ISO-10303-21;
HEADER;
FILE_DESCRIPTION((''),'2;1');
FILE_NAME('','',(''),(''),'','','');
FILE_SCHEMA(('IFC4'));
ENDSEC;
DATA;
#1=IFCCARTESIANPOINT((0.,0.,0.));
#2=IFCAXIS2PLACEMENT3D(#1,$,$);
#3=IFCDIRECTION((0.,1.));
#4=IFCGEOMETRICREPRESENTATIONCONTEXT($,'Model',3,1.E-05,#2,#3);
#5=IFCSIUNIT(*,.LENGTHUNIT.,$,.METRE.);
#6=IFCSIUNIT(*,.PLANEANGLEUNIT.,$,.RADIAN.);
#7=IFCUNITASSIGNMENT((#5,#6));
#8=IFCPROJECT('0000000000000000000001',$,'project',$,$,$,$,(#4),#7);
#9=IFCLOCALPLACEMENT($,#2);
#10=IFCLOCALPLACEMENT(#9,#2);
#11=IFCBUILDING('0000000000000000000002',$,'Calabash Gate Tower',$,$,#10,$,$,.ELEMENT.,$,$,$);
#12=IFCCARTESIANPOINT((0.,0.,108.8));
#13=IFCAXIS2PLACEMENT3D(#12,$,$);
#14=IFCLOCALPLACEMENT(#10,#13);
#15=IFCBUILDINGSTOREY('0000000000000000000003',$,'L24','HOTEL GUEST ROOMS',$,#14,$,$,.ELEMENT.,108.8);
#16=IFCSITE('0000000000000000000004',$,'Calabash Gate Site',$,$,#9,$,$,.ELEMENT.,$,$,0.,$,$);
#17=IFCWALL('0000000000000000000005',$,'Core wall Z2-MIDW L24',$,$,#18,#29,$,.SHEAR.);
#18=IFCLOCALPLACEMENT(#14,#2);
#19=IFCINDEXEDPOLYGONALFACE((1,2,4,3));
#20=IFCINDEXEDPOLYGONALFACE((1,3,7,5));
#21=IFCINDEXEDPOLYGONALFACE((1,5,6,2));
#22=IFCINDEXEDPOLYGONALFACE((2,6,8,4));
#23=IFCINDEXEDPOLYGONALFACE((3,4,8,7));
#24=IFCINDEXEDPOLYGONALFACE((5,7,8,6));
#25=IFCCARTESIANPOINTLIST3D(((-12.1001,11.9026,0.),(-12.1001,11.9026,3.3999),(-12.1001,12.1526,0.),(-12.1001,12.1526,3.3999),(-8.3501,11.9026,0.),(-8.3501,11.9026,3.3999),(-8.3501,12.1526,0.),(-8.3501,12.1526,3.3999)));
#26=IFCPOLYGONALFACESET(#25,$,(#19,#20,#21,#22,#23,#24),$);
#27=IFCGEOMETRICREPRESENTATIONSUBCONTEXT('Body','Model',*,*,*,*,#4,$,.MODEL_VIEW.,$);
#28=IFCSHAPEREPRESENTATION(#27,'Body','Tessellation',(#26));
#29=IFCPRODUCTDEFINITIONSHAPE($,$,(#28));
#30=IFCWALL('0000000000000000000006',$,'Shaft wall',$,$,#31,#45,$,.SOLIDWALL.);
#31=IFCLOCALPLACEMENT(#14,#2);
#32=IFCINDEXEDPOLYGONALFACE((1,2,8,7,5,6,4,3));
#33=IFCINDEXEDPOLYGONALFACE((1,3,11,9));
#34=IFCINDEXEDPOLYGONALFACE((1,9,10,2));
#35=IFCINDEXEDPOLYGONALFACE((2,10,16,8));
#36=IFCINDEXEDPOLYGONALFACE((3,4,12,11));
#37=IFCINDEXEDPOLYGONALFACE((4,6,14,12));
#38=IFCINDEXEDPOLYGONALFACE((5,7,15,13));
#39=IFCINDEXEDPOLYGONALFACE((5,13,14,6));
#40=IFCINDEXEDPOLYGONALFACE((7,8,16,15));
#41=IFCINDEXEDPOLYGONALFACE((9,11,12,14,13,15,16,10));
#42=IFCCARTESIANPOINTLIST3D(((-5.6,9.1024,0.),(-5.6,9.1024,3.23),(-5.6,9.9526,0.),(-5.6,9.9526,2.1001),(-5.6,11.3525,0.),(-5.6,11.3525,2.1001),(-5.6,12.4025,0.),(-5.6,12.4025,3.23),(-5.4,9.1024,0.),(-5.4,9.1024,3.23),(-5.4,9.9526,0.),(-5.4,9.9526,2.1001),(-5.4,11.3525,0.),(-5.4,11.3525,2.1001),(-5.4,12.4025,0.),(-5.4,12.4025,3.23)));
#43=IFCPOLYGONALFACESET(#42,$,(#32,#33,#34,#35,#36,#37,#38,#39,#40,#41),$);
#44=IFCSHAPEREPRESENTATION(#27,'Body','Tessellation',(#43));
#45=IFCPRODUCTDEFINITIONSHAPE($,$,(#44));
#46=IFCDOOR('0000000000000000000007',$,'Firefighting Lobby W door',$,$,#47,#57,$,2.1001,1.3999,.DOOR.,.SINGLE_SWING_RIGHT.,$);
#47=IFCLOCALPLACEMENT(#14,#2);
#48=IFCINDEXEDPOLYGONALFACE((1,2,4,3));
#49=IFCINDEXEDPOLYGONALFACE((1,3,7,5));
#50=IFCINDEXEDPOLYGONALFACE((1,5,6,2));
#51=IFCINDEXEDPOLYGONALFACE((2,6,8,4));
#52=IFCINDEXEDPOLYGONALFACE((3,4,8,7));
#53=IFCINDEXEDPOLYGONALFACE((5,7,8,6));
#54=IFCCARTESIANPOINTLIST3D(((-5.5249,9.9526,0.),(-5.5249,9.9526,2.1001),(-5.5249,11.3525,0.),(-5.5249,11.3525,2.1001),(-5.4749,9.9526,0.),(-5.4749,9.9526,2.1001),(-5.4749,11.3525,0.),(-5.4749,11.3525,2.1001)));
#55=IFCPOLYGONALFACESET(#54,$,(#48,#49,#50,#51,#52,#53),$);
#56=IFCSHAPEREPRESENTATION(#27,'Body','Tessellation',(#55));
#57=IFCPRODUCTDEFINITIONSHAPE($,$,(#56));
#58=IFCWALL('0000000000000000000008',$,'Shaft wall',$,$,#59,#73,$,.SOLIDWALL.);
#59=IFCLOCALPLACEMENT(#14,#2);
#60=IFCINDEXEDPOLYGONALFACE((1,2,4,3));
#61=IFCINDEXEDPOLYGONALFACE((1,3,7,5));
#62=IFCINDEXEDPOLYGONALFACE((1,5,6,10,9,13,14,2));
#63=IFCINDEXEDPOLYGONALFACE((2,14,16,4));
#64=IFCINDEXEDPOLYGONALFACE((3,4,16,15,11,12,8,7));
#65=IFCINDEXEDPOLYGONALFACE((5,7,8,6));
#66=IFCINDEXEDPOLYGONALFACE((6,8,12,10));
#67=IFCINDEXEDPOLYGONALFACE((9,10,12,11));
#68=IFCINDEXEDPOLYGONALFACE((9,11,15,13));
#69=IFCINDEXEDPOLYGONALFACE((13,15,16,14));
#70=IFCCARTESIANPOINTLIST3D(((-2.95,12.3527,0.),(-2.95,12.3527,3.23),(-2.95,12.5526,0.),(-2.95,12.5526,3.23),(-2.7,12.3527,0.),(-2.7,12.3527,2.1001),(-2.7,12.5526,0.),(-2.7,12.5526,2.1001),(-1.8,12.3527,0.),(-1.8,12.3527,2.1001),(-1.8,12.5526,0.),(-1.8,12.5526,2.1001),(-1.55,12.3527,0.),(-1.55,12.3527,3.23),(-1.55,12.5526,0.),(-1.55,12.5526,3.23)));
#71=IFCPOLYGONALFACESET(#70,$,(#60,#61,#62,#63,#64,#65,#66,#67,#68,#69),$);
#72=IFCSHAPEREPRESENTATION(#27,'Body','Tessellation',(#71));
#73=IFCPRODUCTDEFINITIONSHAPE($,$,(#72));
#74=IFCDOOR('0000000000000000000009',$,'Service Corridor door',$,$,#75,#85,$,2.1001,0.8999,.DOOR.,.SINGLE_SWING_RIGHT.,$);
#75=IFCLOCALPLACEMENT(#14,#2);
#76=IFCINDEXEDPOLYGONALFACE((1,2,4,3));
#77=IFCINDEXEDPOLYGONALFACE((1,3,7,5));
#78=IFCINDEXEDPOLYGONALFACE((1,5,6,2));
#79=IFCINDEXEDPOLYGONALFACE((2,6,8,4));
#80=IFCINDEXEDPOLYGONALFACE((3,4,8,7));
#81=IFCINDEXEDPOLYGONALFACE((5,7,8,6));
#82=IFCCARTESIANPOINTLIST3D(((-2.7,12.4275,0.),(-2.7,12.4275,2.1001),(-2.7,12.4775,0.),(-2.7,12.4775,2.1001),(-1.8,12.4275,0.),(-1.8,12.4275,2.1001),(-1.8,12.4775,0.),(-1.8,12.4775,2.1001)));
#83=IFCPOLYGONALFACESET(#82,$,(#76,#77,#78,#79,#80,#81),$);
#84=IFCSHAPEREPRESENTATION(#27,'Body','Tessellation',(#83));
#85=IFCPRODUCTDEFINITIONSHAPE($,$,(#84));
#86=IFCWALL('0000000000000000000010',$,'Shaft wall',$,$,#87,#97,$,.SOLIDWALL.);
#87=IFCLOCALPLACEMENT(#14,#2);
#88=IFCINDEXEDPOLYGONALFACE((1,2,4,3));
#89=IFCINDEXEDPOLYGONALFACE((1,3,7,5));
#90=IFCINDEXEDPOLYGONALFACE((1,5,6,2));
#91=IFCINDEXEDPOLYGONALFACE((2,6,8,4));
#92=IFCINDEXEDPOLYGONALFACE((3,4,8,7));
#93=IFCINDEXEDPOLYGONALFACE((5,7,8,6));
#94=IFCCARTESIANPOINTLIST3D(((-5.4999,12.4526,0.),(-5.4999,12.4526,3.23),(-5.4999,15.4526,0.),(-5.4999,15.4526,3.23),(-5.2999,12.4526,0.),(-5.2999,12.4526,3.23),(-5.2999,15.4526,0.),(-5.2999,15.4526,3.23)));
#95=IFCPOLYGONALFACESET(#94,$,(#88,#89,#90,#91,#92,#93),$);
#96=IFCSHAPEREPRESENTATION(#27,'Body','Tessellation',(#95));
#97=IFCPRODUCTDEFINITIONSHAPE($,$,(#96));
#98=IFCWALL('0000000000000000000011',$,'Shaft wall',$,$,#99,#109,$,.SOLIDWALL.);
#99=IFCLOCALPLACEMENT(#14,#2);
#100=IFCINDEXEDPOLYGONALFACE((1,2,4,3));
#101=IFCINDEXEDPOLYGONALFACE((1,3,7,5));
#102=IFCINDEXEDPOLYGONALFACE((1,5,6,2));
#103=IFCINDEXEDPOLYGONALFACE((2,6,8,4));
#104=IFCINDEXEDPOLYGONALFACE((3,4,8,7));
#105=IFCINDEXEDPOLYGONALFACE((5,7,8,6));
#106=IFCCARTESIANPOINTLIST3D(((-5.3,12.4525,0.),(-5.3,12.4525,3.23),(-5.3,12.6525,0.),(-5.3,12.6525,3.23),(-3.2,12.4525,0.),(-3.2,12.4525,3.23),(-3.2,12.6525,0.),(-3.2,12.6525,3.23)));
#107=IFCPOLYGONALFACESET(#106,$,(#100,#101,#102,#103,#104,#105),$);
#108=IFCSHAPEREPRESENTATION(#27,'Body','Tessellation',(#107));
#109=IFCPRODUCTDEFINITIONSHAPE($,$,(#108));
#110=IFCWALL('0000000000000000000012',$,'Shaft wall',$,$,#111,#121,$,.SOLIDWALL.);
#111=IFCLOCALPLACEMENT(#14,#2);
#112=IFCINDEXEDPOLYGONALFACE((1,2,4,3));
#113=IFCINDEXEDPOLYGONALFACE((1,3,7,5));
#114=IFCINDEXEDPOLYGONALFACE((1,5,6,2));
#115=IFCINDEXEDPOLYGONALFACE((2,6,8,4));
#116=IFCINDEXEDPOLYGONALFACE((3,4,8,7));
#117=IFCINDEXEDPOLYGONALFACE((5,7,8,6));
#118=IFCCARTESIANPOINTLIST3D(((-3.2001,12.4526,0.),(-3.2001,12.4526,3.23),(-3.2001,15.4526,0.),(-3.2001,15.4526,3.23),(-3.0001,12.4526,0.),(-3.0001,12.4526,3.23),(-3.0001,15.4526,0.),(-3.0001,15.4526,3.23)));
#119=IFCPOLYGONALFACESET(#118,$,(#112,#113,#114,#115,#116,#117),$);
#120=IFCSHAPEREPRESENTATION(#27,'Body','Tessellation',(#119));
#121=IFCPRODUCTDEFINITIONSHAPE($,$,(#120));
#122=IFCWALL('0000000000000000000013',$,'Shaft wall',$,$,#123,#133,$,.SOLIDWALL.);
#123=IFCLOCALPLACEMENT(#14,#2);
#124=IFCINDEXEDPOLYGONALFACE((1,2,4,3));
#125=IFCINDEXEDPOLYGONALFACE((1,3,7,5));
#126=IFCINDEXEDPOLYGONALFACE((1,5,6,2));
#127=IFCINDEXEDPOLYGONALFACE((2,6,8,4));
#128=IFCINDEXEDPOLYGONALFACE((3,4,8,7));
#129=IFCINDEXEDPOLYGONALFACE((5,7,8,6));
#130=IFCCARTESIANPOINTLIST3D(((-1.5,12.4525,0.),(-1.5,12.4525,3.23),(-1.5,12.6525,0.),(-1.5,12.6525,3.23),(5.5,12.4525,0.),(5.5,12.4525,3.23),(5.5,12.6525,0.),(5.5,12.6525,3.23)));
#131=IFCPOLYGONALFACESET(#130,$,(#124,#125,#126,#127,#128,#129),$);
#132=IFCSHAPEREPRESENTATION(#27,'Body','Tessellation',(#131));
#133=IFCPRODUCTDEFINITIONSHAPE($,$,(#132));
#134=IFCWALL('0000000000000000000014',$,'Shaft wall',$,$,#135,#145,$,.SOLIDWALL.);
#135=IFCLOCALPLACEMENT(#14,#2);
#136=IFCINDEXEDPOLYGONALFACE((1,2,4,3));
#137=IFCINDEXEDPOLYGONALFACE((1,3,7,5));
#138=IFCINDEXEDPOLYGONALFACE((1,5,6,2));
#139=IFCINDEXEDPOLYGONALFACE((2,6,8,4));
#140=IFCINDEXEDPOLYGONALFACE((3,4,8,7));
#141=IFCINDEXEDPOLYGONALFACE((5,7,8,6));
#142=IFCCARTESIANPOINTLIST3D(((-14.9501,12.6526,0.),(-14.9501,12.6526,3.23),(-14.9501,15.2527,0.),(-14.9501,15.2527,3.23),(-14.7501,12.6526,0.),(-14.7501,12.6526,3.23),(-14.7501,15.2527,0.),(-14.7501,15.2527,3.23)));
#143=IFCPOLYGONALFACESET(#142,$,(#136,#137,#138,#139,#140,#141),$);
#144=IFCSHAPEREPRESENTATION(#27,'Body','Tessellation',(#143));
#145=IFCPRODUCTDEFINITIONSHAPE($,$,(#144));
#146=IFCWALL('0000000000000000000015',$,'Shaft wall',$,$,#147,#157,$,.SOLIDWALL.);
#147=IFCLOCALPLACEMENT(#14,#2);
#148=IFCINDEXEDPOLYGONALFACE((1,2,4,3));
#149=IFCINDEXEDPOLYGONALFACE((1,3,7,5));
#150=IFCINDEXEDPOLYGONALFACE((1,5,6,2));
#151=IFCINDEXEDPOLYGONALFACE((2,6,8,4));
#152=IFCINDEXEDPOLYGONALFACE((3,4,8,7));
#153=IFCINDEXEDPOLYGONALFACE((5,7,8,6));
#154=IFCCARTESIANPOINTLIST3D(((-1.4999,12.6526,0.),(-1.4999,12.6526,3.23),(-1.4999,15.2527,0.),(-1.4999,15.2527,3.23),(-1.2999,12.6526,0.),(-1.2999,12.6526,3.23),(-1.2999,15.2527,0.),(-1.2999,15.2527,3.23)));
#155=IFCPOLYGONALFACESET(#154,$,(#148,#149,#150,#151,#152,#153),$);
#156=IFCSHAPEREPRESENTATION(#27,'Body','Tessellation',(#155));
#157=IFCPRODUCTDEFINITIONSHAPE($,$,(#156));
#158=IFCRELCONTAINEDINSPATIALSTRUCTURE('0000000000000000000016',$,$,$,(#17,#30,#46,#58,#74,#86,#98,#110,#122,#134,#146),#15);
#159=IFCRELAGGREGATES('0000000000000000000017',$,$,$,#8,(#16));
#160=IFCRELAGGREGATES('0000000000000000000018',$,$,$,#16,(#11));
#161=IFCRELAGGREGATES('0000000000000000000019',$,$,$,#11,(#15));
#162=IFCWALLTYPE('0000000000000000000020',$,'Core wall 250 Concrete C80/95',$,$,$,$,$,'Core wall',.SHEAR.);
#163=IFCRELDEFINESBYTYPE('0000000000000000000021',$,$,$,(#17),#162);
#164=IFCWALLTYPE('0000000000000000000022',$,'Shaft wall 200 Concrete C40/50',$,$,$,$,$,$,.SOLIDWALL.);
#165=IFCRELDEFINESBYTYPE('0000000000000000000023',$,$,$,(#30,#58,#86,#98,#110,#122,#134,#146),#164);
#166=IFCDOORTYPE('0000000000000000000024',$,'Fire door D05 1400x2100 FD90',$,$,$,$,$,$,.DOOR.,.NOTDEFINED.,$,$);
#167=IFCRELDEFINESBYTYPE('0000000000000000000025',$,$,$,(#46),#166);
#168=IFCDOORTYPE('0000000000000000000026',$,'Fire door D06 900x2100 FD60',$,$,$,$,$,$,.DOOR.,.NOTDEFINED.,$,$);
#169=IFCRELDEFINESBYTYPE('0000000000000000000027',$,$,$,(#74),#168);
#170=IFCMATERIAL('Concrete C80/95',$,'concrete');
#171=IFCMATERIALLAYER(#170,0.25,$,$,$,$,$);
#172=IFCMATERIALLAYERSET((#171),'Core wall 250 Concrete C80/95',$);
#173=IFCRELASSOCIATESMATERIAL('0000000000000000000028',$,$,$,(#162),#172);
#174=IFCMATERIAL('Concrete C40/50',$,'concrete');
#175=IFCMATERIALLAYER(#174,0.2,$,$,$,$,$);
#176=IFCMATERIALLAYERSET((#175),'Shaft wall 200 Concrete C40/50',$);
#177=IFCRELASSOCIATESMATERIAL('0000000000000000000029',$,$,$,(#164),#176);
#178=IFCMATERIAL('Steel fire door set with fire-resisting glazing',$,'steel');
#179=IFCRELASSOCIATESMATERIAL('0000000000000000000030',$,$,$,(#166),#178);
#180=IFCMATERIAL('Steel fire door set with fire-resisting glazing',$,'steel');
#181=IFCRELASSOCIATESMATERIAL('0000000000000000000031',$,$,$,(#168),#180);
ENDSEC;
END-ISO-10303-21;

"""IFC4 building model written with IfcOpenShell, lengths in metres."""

from ifc_helpers import new_model, si_unit, direction, frame, frame_2d, origin, place, context, subcontext, project, spatial, rectangle, extrude, material, layer, layer_set, type_object, element, fill, save


model = new_model("IFC4")

# Units and contexts
model_context = context("Model", 3, precision=1e-05, world=origin(), true_north=direction((0.0, 1.0)))
body_context = subcontext(model_context, "Body", "Model", "MODEL_VIEW")
ifc_project = project(units=[si_unit("LENGTHUNIT", "METRE"), si_unit("PLANEANGLEUNIT", "RADIAN")], contexts=[model_context])

# Site, building, storey
site_placement = place(None, origin())
site = spatial("IfcSite", under=ifc_project, at=site_placement, Name="Calabash Gate Site", CompositionType="ELEMENT", RefElevation=0.0)
building_placement = place(site_placement, origin())
building = spatial("IfcBuilding", under=site, at=building_placement, Name="Calabash Gate Tower", CompositionType="ELEMENT")
storey_placement = place(building_placement, frame((0.0, 0.0, 108.8)))
storey = spatial("IfcBuildingStorey", under=building, at=storey_placement, Name="L24", Description="HOTEL GUEST ROOMS", CompositionType="ELEMENT", Elevation=108.8)

# Wall
ifc_material_1 = material(Name="Concrete C80/95", Category="concrete")
ifc_layer_1 = layer(ifc_material_1, 0.25)
ifc_layer_set_1 = layer_set([ifc_layer_1], Name="Core wall 250 Concrete C80/95")
wall_type_1 = type_object("IfcWallType", Name="Core wall 250 Concrete C80/95", ElementType="Core wall", PredefinedType="SHEAR", material=ifc_layer_set_1)
wall_1_placement = place(storey_placement, frame((-12.1001, 12.0276, 0.0), z_axis=(0.0, 0.0, 1.0), x_axis=(1.0, 0.0, 0.0)))
element("IfcWall", 1, at=wall_1_placement, inside=storey, type_object=wall_type_1, Name="Core wall Z2-MIDW L24", PredefinedType="SHEAR", context=body_context, shape_type="SweptSolid", body=[
    extrude(rectangle(XDim=3.75, YDim=0.25, at=frame_2d((1.875, 0.0))), origin(), (0.0, 0.0, 1.0), 3.3999),
])

# Walls, openings, doors
ifc_material_2 = material(Name="Concrete C40/50", Category="concrete")
ifc_layer_2 = layer(ifc_material_2, 0.2)
ifc_layer_set_2 = layer_set([ifc_layer_2], Name="Shaft wall 200 Concrete C40/50")
wall_type_2 = type_object("IfcWallType", Name="Shaft wall 200 Concrete C40/50", PredefinedType="SOLIDWALL", material=ifc_layer_set_2)
wall_2_placement = place(storey_placement, frame((-5.5, 9.1025, 0.0), z_axis=(0.0, 0.0, 1.0), x_axis=(0.0, 1.0, 0.0)))
wall_2 = element("IfcWall", 2, at=wall_2_placement, inside=storey, type_object=wall_type_2, Name="Shaft wall", PredefinedType="SOLIDWALL", context=body_context, shape_type="SweptSolid", body=[
    extrude(rectangle(XDim=3.3, YDim=0.2, at=frame_2d((1.6499, 0.0))), origin(), (0.0, 0.0, 1.0), 3.23),
])
opening_1_placement = place(wall_2_placement, frame((0.8501, 0.0, 0.0)))
opening_1 = element("IfcOpeningElement", 3, at=opening_1_placement, cuts=wall_2, PredefinedType="OPENING", context=body_context, shape_type="SweptSolid", body=[
    extrude(rectangle(XDim=1.3999, YDim=2.1001, at=frame_2d((0.7, 1.05))), frame((0.0, 0.1099, 0.0), z_axis=(0.0, -1.0, 0.0), x_axis=(1.0, 0.0, 0.0)), (0.0, 0.0, 1.0), 0.22),
])
ifc_material_3 = material(Name="Steel fire door set with fire-resisting glazing", Category="steel")
door_type_1 = type_object("IfcDoorType", Name="Fire door D05 1400x2100 FD90", OperationType="NOTDEFINED", PredefinedType="DOOR", material=ifc_material_3)
door_1_placement = place(opening_1_placement, origin())
door_1 = element("IfcDoor", 4, at=door_1_placement, inside=storey, type_object=door_type_1, Name="Firefighting Lobby W door", OperationType="SINGLE_SWING_RIGHT", OverallHeight=2.1001, OverallWidth=1.3999, PredefinedType="DOOR", context=body_context, shape_type="SweptSolid", body=[
    extrude(rectangle(XDim=1.3999, YDim=2.1001, at=frame_2d((0.7, 1.05))), frame((0.0, 0.0249, 0.0), z_axis=(0.0, -1.0, 0.0), x_axis=(1.0, 0.0, 0.0)), (0.0, 0.0, 1.0), 0.05),
])
fill(opening_1, door_1)
wall_3_placement = place(storey_placement, frame((-2.95, 12.4526, 0.0), z_axis=(0.0, 0.0, 1.0), x_axis=(1.0, 0.0, 0.0)))
wall_3 = element("IfcWall", 5, at=wall_3_placement, inside=storey, type_object=wall_type_2, Name="Shaft wall", PredefinedType="SOLIDWALL", context=body_context, shape_type="SweptSolid", body=[
    extrude(rectangle(XDim=1.3999, YDim=0.2, at=frame_2d((0.7, 0.0))), origin(), (0.0, 0.0, 1.0), 3.23),
])
opening_2_placement = place(wall_3_placement, frame((0.25, 0.0, 0.0)))
opening_2 = element("IfcOpeningElement", 6, at=opening_2_placement, cuts=wall_3, PredefinedType="OPENING", context=body_context, shape_type="SweptSolid", body=[
    extrude(rectangle(XDim=0.8999, YDim=2.1001, at=frame_2d((0.45, 1.05))), frame((0.0, 0.1099, 0.0), z_axis=(0.0, -1.0, 0.0), x_axis=(1.0, 0.0, 0.0)), (0.0, 0.0, 1.0), 0.22),
])
ifc_material_4 = material(Name="Steel fire door set with fire-resisting glazing", Category="steel")
door_type_2 = type_object("IfcDoorType", Name="Fire door D06 900x2100 FD60", OperationType="NOTDEFINED", PredefinedType="DOOR", material=ifc_material_4)
door_2_placement = place(opening_2_placement, origin())
door_2 = element("IfcDoor", 7, at=door_2_placement, inside=storey, type_object=door_type_2, Name="Service Corridor door", OperationType="SINGLE_SWING_RIGHT", OverallHeight=2.1001, OverallWidth=0.8999, PredefinedType="DOOR", context=body_context, shape_type="SweptSolid", body=[
    extrude(rectangle(XDim=0.8999, YDim=2.1001, at=frame_2d((0.45, 1.05))), frame((0.0, 0.0249, 0.0), z_axis=(0.0, -1.0, 0.0), x_axis=(1.0, 0.0, 0.0)), (0.0, 0.0, 1.0), 0.05),
])
fill(opening_2, door_2)

# Walls
wall_4_placement = place(storey_placement, frame((-5.3999, 12.4526, 0.0), z_axis=(0.0, 0.0, 1.0), x_axis=(0.0, 1.0, 0.0)))
element("IfcWall", 8, at=wall_4_placement, inside=storey, type_object=wall_type_2, Name="Shaft wall", PredefinedType="SOLIDWALL", context=body_context, shape_type="SweptSolid", body=[
    extrude(rectangle(XDim=3.0, YDim=0.2, at=frame_2d((1.5, 0.0))), origin(), (0.0, 0.0, 1.0), 3.23),
])
wall_5_placement = place(storey_placement, frame((-5.3, 12.5525, 0.0), z_axis=(0.0, 0.0, 1.0), x_axis=(1.0, 0.0, 0.0)))
element("IfcWall", 9, at=wall_5_placement, inside=storey, type_object=wall_type_2, Name="Shaft wall", PredefinedType="SOLIDWALL", context=body_context, shape_type="SweptSolid", body=[
    extrude(rectangle(XDim=2.1001, YDim=0.2, at=frame_2d((1.05, 0.0))), origin(), (0.0, 0.0, 1.0), 3.23),
])
wall_6_placement = place(storey_placement, frame((-3.1001, 12.4526, 0.0), z_axis=(0.0, 0.0, 1.0), x_axis=(0.0, 1.0, 0.0)))
element("IfcWall", 10, at=wall_6_placement, inside=storey, type_object=wall_type_2, Name="Shaft wall", PredefinedType="SOLIDWALL", context=body_context, shape_type="SweptSolid", body=[
    extrude(rectangle(XDim=3.0, YDim=0.2, at=frame_2d((1.5, 0.0))), origin(), (0.0, 0.0, 1.0), 3.23),
])
wall_7_placement = place(storey_placement, frame((-1.5, 12.5525, 0.0), z_axis=(0.0, 0.0, 1.0), x_axis=(1.0, 0.0, 0.0)))
element("IfcWall", 11, at=wall_7_placement, inside=storey, type_object=wall_type_2, Name="Shaft wall", PredefinedType="SOLIDWALL", context=body_context, shape_type="SweptSolid", body=[
    extrude(rectangle(XDim=7.0, YDim=0.2, at=frame_2d((3.5, 0.0))), origin(), (0.0, 0.0, 1.0), 3.23),
])
for number, where, z_axis, x_axis, name in (
    (12, (-14.8501, 12.6526, 0.0), (0.0, 0.0, 1.0), (0.0, 1.0, 0.0), "Shaft wall"),
    (13, (-1.3999, 12.6526, 0.0), (0.0, 0.0, 1.0), (0.0, 1.0, 0.0), "Shaft wall"),
):
    element("IfcWall", number, at=place(storey_placement, frame(where, z_axis=z_axis, x_axis=x_axis)), inside=storey, type_object=wall_type_2, Name=name, PredefinedType="SOLIDWALL", context=body_context, shape_type="SweptSolid", body=[
        extrude(rectangle(XDim=2.6001, YDim=0.2, at=frame_2d((1.3, 0.0))), origin(), (0.0, 0.0, 1.0), 3.23),
    ])

save(model, "model.ifc")
